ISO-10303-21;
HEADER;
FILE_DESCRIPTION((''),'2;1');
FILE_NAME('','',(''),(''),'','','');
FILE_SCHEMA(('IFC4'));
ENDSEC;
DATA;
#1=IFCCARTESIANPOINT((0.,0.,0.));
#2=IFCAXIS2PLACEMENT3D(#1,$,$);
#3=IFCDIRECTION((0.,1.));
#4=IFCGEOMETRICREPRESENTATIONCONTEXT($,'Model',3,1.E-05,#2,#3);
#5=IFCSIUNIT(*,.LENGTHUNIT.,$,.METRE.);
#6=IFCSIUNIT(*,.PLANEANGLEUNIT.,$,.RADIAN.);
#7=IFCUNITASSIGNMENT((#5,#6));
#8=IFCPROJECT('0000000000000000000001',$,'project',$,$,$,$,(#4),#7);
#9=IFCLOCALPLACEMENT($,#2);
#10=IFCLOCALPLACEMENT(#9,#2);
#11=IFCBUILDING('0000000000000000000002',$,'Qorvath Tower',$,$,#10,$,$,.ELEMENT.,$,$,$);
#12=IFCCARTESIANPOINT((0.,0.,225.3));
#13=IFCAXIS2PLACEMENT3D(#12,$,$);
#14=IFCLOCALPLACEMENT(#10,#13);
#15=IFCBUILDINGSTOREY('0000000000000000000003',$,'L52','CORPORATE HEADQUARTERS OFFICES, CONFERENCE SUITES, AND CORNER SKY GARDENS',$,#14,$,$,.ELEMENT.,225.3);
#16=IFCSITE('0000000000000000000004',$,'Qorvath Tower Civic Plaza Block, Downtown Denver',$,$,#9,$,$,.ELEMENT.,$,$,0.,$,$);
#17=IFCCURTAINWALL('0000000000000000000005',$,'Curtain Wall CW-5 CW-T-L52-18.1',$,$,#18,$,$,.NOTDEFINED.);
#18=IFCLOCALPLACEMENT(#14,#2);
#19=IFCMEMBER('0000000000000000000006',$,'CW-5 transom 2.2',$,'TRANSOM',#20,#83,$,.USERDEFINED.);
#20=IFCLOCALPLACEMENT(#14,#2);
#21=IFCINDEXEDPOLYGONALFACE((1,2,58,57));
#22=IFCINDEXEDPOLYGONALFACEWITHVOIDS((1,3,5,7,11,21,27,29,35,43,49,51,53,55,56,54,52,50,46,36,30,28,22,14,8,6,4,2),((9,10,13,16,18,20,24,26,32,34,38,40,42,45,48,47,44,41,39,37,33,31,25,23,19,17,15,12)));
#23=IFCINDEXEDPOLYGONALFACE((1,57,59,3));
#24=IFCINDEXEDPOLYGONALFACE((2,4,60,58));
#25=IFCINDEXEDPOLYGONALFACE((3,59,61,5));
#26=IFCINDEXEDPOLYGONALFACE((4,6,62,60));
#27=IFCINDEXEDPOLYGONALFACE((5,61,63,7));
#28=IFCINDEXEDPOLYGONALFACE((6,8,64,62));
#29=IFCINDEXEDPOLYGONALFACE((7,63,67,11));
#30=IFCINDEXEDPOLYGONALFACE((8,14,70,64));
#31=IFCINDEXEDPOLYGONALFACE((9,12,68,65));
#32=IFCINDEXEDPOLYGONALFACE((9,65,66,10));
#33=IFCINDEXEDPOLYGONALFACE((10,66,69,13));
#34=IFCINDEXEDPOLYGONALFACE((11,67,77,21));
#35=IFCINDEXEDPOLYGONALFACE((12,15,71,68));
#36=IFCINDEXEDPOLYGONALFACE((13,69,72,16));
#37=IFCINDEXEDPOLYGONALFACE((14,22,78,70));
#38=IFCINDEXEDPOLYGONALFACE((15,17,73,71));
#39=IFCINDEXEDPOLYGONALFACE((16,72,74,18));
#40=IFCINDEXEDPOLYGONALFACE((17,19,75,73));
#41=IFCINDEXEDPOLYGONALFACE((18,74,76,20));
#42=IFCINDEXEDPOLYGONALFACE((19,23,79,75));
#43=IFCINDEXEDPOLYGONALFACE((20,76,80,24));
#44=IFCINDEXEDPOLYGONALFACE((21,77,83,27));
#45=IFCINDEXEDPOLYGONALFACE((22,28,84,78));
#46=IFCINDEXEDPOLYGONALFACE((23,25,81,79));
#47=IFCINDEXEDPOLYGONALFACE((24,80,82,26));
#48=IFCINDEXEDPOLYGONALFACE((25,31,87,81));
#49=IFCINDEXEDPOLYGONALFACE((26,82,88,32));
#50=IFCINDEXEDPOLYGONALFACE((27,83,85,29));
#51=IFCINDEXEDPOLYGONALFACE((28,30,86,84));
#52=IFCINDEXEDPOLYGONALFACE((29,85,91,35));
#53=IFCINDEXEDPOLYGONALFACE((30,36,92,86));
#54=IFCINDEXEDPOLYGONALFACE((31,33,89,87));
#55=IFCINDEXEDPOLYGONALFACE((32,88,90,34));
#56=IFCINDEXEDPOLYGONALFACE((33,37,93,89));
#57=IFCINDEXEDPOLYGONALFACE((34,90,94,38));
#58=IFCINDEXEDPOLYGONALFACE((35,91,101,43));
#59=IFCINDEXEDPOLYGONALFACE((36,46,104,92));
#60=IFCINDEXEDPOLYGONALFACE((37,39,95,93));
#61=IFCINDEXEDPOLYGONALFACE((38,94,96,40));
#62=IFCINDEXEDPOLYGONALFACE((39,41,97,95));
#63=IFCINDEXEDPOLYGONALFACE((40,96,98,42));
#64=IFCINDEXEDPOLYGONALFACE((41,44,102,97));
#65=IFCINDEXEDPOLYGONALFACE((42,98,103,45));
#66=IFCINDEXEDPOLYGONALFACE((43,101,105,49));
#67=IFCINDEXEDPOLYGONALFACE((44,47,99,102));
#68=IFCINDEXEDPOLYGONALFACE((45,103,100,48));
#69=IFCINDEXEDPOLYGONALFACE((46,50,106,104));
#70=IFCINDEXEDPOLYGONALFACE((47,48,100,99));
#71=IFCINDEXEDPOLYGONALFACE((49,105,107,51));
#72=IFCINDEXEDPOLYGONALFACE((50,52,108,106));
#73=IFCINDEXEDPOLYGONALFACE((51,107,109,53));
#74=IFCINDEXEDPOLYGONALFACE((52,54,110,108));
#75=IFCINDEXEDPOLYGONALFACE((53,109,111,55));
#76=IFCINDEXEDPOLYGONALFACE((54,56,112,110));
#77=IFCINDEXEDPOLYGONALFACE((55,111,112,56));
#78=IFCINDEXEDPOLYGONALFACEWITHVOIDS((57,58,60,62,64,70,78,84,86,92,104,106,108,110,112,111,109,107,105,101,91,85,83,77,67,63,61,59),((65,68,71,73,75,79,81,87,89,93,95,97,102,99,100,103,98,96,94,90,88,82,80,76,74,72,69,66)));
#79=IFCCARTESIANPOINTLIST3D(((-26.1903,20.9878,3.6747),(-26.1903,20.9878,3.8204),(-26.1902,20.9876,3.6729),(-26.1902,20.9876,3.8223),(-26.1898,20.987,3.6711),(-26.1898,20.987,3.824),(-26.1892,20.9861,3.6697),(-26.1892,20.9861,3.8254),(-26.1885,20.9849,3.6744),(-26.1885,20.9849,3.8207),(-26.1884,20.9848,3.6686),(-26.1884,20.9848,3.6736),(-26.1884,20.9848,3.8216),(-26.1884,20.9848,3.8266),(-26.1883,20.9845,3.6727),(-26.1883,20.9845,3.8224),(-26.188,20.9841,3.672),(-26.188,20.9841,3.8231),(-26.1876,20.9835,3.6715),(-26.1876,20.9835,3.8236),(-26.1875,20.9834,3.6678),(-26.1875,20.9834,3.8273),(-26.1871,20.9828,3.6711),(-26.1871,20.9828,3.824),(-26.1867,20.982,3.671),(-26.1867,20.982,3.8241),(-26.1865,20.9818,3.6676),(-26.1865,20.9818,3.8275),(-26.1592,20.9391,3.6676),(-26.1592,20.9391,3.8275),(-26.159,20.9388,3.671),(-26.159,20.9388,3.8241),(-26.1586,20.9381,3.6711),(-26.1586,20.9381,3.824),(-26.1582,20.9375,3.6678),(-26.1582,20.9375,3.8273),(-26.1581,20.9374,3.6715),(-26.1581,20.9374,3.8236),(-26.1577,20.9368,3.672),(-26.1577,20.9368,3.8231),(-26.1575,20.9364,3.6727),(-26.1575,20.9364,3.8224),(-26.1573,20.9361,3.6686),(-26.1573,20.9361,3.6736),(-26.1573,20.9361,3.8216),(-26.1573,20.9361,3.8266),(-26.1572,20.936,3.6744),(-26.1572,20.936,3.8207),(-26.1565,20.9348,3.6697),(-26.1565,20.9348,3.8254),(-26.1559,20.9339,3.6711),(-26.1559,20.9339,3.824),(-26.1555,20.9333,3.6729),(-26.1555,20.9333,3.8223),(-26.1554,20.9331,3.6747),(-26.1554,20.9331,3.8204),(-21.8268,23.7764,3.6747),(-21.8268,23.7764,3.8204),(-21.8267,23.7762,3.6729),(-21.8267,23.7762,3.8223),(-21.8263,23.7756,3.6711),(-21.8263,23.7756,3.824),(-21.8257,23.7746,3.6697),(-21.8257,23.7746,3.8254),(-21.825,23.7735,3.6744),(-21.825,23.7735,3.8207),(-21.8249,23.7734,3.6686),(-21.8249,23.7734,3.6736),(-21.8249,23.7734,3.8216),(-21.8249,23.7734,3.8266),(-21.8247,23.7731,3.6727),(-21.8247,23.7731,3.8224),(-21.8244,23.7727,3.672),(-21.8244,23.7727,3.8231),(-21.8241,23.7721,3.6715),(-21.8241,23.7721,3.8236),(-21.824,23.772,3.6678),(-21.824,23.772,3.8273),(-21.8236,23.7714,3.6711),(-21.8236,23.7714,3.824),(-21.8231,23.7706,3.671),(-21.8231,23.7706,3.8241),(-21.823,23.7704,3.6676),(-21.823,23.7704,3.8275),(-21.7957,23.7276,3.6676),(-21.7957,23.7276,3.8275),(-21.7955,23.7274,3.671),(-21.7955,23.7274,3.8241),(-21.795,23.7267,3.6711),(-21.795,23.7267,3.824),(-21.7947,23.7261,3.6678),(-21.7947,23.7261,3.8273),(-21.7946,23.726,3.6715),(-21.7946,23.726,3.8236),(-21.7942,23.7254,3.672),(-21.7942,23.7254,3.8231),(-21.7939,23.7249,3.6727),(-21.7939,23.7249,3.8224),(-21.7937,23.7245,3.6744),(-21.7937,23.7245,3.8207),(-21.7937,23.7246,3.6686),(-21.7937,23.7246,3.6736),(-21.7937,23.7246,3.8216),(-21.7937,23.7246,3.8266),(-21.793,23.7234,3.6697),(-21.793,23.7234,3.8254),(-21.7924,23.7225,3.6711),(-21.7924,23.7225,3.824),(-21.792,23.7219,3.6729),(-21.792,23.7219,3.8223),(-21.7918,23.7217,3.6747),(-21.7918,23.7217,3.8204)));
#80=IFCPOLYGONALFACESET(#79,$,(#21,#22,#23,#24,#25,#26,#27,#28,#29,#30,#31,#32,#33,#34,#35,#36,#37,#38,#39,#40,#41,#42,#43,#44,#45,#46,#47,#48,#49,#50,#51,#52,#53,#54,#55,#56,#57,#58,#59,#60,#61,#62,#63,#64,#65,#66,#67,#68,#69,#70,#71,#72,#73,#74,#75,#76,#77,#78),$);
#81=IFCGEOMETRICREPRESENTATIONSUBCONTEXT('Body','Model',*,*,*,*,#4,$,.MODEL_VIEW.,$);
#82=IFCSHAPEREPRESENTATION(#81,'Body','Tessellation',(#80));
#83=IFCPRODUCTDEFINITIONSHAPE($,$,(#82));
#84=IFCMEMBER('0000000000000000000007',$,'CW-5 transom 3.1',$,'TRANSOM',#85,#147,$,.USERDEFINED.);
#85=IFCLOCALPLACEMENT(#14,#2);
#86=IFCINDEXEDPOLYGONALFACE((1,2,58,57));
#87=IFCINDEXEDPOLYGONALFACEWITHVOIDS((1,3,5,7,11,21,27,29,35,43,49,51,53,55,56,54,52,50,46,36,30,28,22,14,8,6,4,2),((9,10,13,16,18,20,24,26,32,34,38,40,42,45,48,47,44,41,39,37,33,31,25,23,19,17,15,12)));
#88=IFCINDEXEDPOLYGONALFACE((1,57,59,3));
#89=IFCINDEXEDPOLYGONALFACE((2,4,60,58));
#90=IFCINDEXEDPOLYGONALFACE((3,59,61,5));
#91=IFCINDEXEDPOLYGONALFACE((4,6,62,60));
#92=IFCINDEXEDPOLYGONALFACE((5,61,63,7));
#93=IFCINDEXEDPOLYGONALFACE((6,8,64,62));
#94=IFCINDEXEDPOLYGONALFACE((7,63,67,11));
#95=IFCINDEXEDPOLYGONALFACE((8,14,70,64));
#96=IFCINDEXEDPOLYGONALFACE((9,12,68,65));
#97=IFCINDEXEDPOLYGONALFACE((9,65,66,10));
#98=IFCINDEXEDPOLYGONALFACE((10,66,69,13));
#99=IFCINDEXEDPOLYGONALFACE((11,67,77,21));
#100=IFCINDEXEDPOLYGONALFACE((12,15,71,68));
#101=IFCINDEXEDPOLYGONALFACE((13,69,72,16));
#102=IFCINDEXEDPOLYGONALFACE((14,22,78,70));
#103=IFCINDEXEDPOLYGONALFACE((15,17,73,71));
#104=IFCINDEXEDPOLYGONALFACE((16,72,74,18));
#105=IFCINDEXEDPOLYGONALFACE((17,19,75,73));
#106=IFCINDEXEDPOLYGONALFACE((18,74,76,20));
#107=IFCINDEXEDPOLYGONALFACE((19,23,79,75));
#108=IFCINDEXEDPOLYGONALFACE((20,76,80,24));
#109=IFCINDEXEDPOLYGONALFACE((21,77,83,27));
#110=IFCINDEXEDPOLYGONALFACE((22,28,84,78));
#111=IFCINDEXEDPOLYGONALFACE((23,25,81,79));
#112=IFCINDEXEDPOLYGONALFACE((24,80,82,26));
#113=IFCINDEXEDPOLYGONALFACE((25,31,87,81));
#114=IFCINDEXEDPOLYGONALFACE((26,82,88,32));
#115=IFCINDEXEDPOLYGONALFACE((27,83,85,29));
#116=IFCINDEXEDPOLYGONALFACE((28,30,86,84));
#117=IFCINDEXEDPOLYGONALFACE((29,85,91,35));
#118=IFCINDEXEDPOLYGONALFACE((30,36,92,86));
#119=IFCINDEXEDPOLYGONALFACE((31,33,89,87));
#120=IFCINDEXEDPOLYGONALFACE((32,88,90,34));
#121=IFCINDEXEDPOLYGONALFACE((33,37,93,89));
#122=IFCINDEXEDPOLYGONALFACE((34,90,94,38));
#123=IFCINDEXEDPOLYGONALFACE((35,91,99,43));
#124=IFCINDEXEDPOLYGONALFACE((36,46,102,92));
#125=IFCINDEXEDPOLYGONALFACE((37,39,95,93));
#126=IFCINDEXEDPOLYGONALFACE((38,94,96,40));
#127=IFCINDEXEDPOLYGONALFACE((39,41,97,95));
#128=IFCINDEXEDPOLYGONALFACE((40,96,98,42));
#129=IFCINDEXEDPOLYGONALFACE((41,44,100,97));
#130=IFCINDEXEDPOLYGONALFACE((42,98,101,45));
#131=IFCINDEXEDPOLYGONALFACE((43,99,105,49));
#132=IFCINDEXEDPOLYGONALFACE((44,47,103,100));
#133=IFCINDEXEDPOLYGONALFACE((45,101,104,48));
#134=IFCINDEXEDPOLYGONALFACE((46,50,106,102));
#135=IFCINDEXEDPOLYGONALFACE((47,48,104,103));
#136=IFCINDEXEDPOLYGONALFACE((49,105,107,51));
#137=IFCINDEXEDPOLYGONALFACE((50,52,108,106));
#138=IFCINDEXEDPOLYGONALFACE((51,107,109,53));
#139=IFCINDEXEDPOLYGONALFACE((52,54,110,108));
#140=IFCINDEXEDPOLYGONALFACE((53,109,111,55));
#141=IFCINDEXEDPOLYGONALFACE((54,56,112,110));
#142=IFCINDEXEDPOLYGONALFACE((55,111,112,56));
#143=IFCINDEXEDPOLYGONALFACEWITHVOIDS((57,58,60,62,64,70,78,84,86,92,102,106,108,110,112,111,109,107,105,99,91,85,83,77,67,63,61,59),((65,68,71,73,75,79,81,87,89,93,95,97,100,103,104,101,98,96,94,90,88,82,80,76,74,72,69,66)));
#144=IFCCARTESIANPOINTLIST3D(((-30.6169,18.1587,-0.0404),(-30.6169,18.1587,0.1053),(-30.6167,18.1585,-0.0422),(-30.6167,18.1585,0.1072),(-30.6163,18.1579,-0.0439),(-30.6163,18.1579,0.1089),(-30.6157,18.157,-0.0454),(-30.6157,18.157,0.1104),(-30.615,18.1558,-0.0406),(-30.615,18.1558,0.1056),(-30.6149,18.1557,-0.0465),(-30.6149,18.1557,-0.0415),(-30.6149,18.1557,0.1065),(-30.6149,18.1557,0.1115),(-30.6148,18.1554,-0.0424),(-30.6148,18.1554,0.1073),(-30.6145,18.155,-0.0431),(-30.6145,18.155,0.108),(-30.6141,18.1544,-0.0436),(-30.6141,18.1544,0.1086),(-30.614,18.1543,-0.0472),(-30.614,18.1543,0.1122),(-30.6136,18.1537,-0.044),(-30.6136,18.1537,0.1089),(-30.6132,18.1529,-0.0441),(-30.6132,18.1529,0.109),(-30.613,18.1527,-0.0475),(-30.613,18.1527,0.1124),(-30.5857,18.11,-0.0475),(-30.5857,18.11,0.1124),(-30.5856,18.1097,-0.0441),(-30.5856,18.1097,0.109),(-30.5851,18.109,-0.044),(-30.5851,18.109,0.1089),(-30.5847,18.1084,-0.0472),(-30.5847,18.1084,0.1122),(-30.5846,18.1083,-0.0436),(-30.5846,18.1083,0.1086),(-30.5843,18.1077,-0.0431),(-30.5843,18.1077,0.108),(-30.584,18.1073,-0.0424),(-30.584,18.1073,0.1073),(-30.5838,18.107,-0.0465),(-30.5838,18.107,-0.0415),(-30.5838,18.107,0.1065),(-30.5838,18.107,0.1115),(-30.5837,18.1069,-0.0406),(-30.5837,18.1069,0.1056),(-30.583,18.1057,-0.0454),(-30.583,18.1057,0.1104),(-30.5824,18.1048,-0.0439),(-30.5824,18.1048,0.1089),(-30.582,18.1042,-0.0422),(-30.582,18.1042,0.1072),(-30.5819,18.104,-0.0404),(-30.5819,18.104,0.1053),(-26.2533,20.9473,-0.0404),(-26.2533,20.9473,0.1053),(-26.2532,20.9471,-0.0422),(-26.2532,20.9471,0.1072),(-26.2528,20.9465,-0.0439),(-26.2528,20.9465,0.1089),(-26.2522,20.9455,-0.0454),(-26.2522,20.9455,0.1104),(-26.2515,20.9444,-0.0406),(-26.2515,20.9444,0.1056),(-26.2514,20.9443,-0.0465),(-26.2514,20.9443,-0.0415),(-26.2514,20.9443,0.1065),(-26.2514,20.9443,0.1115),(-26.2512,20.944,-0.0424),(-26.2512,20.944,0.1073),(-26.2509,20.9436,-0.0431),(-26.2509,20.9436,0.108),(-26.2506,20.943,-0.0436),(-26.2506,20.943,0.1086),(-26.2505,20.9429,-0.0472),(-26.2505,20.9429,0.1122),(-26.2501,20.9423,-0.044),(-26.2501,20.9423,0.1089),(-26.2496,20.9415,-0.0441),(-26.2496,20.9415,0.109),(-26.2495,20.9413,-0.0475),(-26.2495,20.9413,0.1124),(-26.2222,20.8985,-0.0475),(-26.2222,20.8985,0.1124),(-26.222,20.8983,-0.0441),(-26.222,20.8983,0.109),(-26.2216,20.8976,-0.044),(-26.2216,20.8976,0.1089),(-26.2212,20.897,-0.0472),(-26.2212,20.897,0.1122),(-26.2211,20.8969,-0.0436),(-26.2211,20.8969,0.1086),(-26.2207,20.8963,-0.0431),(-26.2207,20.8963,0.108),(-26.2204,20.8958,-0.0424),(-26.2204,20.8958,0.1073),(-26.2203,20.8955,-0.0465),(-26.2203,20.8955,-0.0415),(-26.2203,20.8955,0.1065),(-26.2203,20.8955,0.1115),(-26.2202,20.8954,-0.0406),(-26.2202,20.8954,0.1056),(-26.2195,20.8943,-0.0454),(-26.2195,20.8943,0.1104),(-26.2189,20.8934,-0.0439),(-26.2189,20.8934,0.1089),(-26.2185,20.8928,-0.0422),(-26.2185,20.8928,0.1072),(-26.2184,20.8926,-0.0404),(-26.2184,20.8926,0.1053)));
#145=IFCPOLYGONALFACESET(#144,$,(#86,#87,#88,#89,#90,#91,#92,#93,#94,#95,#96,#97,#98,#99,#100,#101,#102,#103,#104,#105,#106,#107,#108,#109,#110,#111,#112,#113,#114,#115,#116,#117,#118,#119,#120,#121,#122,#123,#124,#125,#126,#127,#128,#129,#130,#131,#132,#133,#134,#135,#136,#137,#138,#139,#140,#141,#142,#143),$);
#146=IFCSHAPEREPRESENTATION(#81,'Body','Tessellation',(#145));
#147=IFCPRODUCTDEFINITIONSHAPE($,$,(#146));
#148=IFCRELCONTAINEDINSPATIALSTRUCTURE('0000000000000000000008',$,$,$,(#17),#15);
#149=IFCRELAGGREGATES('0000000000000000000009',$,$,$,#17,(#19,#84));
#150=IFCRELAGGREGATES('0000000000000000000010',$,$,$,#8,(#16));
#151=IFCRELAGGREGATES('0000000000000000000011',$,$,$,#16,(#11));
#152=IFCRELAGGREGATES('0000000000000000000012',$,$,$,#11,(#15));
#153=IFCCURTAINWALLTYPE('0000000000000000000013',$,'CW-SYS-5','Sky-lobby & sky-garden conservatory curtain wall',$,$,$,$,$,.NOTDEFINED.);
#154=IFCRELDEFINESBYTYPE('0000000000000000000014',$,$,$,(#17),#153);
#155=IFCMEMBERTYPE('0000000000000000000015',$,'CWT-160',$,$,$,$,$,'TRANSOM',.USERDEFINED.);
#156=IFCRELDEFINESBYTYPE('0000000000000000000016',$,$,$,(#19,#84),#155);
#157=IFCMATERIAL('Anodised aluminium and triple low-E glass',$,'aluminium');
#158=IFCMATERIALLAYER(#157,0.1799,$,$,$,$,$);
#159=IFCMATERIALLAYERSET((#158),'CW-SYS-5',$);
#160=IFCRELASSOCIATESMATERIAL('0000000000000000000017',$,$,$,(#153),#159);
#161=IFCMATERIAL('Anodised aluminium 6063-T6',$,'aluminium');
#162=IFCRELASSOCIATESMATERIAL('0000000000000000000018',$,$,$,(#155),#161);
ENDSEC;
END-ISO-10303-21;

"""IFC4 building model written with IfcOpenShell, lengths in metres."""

from ifc_helpers import new_model, si_unit, direction, frame, origin, origin_2d, place, context, subcontext, project, spatial, hollow_rectangle, extrude, material, layer, layer_set, material_profile, profile_set, type_object, element, aggregate, save


model = new_model("IFC4")

# Units and contexts
model_context = context("Model", 3, precision=1e-05, world=origin(), true_north=direction((0.0, 1.0)))
body_context = subcontext(model_context, "Body", "Model", "MODEL_VIEW")
ifc_project = project(units=[si_unit("LENGTHUNIT", "METRE"), si_unit("PLANEANGLEUNIT", "RADIAN")], contexts=[model_context])

# Site, building, storey
site_placement = place(None, origin())
site = spatial("IfcSite", under=ifc_project, at=site_placement, Name="Qorvath Tower Civic Plaza Block, Downtown Denver", CompositionType="ELEMENT", RefElevation=0.0)
building_placement = place(site_placement, origin())
building = spatial("IfcBuilding", under=site, at=building_placement, Name="Qorvath Tower", CompositionType="ELEMENT")
storey_placement = place(building_placement, frame((0.0, 0.0, 225.3)))
storey = spatial("IfcBuildingStorey", under=building, at=storey_placement, Name="L52", Description="CORPORATE HEADQUARTERS OFFICES, CONFERENCE SUITES, AND CORNER SKY GARDENS", CompositionType="ELEMENT", Elevation=225.3)

# Curtain wall, members
ifc_material_1 = material(Name="Anodised aluminium and triple low-E glass", Category="aluminium")
ifc_layer_1 = layer(ifc_material_1, 0.1799)
ifc_layer_set_1 = layer_set([ifc_layer_1], Name="CW-SYS-5")
curtain_wall_type = type_object("IfcCurtainWallType", Name="CW-SYS-5", Description="Sky-lobby & sky-garden conservatory curtain wall", PredefinedType="NOTDEFINED", material=ifc_layer_set_1)
curtain_wall_placement = place(storey_placement, origin())
curtain_wall = element("IfcCurtainWall", 1, at=curtain_wall_placement, inside=storey, type_object=curtain_wall_type, Name="Curtain Wall CW-5 CW-T-L52-18.1", PredefinedType="NOTDEFINED")
ifc_material_2 = material(Name="Anodised aluminium 6063-T6", Category="aluminium")
ifc_material_profile_1 = material_profile(ifc_material_2, hollow_rectangle(XDim=0.0649, YDim=0.1599, WallThickness=0.0034, InnerFilletRadius=0.0034, OuterFilletRadius=0.0071, at=origin_2d()), Name="CWT 160x65")
ifc_profile_set_1 = profile_set([ifc_material_profile_1], Name="Anodised aluminium 6063-T6")
member_type_1 = type_object("IfcMemberType", Name="CWT-160", ElementType="TRANSOM", PredefinedType="USERDEFINED", material=ifc_profile_set_1)
member_1_placement = place(storey_placement, frame((-21.8093, 23.749, 3.7476), z_axis=(-0.842629, -0.538494, 0.0), x_axis=(0.538494, -0.842629, 0.0)))
member_1 = element("IfcMember", 2, at=member_1_placement, type_object=member_type_1, Name="CW-5 transom 2.2", ObjectType="TRANSOM", PredefinedType="USERDEFINED", context=body_context, shape_type="SweptSolid", body=[
    extrude(hollow_rectangle(XDim=0.0649, YDim=0.1599, WallThickness=0.0034, InnerFilletRadius=0.0034, OuterFilletRadius=0.0071, at=origin_2d()), origin(), (0.0, 0.0, 1.0), 5.1785),
])
member_2_placement = place(storey_placement, frame((-26.2358, 20.9199, 0.0325), z_axis=(-0.842629, -0.538494, 0.0), x_axis=(0.538494, -0.842629, 0.0)))
member_2 = element("IfcMember", 3, at=member_2_placement, type_object=member_type_1, Name="CW-5 transom 3.1", ObjectType="TRANSOM", PredefinedType="USERDEFINED", context=body_context, shape_type="SweptSolid", body=[
    extrude(hollow_rectangle(XDim=0.0649, YDim=0.1599, WallThickness=0.0034, InnerFilletRadius=0.0034, OuterFilletRadius=0.0071, at=origin_2d()), origin(), (0.0, 0.0, 1.0), 5.1785),
])
aggregate(curtain_wall, [member_1, member_2])

save(model, "model.ifc")
